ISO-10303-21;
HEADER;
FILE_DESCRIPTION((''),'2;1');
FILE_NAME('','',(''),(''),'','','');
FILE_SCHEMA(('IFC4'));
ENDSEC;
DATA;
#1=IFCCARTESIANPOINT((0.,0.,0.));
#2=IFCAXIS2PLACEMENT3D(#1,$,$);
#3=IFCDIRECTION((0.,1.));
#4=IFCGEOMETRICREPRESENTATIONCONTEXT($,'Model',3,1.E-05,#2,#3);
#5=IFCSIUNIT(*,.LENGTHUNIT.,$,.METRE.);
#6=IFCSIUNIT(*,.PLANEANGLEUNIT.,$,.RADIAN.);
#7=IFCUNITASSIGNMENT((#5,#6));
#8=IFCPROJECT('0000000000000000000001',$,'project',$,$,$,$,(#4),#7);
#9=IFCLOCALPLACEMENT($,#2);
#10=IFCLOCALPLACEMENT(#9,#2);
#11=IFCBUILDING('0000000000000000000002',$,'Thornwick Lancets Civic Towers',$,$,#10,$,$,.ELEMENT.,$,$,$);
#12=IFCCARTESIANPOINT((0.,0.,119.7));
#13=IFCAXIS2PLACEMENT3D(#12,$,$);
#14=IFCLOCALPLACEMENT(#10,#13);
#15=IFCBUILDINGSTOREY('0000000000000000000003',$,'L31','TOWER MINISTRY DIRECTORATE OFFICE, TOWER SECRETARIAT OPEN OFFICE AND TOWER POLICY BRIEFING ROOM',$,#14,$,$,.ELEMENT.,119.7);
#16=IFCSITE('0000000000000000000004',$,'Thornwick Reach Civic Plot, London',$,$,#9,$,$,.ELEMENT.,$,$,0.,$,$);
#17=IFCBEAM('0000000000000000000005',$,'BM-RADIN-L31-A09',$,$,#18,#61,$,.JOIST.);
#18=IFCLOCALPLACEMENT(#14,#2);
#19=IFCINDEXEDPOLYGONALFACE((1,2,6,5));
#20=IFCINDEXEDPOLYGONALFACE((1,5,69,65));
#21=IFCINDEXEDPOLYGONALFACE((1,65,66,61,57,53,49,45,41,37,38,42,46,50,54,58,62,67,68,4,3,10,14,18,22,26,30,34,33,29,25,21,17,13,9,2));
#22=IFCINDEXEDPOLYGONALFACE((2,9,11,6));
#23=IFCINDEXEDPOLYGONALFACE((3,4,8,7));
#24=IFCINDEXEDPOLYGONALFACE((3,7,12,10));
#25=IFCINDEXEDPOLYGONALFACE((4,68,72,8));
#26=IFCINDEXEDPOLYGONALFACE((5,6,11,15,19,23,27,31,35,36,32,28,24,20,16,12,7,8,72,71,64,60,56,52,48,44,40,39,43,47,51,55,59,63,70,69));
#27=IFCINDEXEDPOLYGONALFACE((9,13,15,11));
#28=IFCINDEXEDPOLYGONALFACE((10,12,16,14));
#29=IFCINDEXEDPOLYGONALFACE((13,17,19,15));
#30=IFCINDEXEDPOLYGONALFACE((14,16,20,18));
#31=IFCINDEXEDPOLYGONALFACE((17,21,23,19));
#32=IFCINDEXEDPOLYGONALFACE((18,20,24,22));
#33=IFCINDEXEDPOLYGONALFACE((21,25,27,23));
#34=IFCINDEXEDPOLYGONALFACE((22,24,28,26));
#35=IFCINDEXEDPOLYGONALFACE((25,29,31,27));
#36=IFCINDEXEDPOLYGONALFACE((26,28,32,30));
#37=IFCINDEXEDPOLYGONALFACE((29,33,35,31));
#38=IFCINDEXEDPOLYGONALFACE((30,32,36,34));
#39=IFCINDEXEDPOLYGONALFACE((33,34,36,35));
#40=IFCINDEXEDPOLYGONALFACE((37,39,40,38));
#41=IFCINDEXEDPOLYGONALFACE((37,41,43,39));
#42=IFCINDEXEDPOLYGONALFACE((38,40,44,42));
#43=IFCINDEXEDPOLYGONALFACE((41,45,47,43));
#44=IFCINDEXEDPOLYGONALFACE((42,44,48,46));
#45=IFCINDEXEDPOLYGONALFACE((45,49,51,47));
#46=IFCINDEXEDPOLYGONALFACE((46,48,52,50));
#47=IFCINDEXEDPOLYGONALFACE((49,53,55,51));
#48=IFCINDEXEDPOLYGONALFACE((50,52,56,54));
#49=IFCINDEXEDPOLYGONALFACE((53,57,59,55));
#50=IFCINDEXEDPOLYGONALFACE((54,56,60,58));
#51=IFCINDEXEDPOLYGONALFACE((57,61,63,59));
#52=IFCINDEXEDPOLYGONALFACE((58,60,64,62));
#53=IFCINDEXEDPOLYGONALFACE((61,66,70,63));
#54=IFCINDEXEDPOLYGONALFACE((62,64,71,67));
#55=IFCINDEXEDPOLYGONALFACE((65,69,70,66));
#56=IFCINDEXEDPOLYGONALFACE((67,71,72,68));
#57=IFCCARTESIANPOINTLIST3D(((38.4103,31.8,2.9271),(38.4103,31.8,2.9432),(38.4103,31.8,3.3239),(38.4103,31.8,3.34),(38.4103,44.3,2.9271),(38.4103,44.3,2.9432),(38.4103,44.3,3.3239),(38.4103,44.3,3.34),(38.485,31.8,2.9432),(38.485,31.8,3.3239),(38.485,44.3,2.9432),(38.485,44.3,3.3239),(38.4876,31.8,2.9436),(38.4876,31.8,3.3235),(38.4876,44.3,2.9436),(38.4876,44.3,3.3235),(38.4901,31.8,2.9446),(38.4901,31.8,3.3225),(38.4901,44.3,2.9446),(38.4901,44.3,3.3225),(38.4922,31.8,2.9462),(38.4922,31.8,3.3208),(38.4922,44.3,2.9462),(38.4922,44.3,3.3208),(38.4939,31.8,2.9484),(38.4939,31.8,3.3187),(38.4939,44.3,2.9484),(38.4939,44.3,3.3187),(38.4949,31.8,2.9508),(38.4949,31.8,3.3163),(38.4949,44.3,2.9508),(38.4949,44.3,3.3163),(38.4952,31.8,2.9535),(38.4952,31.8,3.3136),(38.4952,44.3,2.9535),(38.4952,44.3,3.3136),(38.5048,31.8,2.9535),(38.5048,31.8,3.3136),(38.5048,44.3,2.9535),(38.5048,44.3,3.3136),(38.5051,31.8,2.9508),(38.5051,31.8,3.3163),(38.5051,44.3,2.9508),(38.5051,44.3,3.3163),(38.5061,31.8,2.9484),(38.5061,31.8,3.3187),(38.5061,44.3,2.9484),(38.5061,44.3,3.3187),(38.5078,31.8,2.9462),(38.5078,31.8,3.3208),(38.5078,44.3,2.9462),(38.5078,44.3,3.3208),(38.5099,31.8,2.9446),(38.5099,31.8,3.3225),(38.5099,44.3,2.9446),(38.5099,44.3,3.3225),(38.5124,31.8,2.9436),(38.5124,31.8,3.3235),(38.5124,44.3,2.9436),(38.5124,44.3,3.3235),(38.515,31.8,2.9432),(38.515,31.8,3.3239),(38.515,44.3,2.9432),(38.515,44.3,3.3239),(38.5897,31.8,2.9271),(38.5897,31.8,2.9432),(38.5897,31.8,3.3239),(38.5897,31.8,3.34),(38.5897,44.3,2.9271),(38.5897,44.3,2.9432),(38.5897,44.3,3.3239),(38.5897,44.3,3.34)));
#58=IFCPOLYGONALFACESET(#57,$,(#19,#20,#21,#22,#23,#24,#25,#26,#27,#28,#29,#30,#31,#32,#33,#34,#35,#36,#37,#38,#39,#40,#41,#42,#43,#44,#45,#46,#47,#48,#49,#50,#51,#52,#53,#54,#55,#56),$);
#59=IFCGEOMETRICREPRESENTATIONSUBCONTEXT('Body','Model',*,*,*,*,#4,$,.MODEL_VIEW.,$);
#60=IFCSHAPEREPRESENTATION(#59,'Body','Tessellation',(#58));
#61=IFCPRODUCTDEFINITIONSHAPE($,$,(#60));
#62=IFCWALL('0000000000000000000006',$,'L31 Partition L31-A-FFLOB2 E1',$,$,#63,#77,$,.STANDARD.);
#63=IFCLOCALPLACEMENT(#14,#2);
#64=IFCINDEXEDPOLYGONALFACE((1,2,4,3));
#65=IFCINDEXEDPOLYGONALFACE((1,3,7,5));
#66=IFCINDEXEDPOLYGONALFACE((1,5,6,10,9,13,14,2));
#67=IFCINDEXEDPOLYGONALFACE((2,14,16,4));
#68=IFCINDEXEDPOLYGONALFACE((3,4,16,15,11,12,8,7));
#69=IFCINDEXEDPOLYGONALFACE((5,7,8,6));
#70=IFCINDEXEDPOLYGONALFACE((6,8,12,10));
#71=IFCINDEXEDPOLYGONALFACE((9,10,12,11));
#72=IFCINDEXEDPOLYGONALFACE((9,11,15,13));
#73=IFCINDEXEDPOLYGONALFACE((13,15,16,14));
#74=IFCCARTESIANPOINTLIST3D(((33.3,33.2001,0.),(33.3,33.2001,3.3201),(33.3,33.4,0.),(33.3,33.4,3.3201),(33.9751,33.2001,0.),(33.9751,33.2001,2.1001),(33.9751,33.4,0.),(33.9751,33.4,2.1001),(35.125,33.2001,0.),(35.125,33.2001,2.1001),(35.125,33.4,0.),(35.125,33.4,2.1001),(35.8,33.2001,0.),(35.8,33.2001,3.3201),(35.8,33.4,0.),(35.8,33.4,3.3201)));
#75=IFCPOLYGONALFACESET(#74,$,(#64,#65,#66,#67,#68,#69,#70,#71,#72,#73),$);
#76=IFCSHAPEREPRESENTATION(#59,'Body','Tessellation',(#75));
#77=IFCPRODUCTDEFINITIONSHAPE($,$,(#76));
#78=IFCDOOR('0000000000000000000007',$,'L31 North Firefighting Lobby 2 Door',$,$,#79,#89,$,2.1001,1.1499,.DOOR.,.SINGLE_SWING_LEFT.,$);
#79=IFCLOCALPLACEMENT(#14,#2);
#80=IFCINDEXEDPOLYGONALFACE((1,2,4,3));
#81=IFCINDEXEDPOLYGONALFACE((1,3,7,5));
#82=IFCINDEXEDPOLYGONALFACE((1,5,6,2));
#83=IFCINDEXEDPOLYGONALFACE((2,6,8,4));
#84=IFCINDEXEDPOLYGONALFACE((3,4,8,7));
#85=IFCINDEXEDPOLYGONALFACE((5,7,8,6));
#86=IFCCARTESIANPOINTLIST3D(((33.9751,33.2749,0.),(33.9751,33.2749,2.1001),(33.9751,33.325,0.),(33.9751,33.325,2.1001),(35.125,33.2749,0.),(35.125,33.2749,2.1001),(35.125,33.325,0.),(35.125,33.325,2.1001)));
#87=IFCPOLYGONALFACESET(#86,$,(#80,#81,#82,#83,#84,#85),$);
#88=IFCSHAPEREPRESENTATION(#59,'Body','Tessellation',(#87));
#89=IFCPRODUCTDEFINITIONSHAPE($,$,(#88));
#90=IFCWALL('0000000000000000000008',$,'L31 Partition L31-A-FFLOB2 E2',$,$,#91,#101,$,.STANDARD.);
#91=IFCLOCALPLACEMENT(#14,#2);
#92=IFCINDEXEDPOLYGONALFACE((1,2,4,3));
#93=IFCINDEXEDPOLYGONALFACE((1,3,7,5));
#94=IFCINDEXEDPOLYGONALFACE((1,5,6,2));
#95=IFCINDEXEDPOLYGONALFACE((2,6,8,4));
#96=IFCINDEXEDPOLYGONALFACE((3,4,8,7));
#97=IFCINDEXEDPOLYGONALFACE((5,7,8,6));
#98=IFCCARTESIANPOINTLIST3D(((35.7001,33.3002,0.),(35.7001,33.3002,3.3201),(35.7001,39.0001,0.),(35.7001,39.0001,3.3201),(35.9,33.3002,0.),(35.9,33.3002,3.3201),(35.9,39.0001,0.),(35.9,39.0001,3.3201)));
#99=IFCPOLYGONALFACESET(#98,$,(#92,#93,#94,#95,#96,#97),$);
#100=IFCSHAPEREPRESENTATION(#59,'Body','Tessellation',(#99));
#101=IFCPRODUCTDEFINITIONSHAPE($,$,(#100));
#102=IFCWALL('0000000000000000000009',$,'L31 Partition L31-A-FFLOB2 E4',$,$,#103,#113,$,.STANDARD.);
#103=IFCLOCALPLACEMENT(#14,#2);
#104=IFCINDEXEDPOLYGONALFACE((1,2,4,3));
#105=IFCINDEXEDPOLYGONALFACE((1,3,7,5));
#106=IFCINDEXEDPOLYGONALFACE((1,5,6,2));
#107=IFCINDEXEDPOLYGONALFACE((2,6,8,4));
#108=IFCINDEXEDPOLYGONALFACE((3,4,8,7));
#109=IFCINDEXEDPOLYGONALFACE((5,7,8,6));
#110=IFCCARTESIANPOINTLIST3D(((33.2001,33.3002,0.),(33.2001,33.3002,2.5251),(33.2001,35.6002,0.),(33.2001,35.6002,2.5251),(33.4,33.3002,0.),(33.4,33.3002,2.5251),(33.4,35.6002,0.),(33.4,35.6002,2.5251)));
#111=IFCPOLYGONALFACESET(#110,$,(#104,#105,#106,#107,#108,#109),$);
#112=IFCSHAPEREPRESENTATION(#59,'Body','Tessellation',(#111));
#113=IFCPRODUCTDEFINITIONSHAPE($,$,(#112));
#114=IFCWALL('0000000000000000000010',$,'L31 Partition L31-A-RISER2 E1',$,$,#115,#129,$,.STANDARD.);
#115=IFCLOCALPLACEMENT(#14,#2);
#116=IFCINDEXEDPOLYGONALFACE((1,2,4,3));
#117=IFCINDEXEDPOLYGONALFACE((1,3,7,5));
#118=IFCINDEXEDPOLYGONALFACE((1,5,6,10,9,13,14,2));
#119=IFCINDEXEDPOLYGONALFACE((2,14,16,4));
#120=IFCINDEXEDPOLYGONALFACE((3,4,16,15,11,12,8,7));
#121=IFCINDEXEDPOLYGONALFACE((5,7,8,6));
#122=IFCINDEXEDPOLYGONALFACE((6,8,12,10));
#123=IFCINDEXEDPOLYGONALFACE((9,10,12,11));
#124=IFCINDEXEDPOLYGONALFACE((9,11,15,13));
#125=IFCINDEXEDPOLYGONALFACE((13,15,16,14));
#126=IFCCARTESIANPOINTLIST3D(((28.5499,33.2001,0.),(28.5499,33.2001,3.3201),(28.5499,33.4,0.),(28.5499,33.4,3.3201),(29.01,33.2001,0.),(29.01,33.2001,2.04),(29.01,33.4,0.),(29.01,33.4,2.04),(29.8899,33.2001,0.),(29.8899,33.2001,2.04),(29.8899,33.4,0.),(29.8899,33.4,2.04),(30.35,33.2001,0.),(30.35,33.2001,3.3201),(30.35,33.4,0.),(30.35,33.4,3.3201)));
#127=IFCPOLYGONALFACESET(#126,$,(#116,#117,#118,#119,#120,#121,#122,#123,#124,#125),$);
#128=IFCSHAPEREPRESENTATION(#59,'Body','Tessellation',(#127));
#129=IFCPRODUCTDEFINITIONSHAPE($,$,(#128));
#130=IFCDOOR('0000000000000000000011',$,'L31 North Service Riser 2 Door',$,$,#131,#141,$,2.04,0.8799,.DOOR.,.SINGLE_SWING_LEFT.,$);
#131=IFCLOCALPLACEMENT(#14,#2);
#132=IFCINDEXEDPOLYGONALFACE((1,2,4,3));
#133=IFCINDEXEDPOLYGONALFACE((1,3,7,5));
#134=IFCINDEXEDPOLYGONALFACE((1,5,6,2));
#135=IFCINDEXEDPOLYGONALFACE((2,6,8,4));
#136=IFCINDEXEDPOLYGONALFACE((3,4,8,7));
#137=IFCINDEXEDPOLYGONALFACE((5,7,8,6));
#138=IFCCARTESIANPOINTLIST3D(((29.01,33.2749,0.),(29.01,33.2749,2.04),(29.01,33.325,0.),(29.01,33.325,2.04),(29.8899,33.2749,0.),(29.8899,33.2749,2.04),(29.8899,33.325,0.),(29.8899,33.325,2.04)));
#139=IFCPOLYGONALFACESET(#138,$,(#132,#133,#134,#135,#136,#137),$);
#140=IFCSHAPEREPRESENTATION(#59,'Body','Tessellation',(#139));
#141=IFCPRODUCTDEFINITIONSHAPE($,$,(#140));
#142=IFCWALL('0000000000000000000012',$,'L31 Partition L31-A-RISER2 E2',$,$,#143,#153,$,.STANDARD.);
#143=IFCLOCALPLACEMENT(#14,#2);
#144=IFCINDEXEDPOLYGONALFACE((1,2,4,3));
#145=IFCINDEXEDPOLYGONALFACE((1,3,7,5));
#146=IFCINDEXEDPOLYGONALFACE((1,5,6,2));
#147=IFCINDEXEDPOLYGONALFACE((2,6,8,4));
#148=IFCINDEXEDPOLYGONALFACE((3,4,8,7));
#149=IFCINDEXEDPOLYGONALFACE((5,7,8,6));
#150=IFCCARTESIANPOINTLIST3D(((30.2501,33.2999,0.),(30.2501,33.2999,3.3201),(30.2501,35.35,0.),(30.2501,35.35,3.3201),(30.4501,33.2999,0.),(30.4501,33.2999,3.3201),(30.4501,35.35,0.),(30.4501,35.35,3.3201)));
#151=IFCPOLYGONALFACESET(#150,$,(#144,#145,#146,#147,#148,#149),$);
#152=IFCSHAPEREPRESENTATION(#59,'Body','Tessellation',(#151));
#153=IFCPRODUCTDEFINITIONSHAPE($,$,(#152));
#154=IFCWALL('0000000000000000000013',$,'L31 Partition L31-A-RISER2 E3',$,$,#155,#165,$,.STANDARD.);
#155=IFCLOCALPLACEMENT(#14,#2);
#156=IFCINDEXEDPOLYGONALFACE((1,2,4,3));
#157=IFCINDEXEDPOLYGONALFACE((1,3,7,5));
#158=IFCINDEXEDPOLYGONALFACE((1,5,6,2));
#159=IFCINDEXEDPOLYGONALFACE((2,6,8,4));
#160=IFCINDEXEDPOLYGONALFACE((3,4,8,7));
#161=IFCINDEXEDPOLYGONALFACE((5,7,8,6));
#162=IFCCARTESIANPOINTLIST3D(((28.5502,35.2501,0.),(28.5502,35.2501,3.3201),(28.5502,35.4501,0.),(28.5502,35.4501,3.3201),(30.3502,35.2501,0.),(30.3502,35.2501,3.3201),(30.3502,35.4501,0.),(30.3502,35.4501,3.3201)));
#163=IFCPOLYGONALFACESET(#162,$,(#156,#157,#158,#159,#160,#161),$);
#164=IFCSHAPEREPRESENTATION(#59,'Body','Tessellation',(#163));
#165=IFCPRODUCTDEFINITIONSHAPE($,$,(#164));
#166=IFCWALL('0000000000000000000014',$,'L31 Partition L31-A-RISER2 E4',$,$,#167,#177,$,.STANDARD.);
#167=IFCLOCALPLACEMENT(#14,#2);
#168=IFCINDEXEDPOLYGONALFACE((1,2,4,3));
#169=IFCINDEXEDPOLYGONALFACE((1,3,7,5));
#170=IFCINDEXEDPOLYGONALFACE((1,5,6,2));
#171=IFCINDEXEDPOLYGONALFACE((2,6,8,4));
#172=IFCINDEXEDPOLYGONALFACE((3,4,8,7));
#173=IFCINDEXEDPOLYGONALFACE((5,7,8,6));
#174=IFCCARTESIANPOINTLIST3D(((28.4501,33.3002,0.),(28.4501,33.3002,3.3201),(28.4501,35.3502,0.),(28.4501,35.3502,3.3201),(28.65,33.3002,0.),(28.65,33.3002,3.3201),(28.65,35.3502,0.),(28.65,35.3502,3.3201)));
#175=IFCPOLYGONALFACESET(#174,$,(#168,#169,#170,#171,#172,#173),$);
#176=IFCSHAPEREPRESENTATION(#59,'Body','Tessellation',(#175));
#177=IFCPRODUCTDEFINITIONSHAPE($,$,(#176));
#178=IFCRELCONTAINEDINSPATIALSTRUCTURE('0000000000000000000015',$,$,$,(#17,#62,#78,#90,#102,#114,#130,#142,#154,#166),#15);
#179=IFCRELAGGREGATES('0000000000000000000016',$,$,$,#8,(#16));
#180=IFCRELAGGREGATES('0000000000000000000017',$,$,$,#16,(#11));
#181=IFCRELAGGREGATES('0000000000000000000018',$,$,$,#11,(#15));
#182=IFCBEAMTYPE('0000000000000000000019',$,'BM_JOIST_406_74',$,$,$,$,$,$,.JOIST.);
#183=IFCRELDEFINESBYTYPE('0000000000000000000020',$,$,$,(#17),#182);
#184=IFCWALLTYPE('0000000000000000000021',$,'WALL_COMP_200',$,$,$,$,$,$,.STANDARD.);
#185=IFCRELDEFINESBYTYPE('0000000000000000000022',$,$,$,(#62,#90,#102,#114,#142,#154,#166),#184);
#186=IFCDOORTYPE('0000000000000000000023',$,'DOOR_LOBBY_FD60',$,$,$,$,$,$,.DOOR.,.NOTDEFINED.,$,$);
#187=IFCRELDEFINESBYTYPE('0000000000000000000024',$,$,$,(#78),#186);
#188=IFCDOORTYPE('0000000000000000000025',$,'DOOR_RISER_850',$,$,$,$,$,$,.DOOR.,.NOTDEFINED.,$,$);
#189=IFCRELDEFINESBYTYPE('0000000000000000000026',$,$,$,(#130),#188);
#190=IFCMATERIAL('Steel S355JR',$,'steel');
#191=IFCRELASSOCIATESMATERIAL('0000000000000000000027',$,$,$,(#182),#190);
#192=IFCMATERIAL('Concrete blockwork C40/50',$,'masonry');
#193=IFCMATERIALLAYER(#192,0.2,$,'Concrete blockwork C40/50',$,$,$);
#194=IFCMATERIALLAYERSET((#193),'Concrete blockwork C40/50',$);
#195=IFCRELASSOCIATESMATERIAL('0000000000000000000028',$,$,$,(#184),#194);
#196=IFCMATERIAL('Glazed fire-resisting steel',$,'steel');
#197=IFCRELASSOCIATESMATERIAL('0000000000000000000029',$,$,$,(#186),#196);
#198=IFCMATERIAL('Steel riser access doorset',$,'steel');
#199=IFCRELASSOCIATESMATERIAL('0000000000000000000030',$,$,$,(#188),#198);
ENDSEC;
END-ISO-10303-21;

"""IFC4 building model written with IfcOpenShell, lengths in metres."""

from ifc_helpers import new_model, si_unit, direction, frame, frame_2d, origin, origin_2d, place, context, subcontext, project, spatial, rectangle, i_section, extrude, material, layer, layer_set, material_profile, profile_set, type_object, element, fill, save


model = new_model("IFC4")

# Units and contexts
model_context = context("Model", 3, precision=1e-05, world=origin(), true_north=direction((0.0, 1.0)))
body_context = subcontext(model_context, "Body", "Model", "MODEL_VIEW")
ifc_project = project(units=[si_unit("LENGTHUNIT", "METRE"), si_unit("PLANEANGLEUNIT", "RADIAN")], contexts=[model_context])

# Site, building, storey
site_placement = place(None, origin())
site = spatial("IfcSite", under=ifc_project, at=site_placement, Name="Thornwick Reach Civic Plot, London", CompositionType="ELEMENT", RefElevation=0.0)
building_placement = place(site_placement, origin())
building = spatial("IfcBuilding", under=site, at=building_placement, Name="Thornwick Lancets Civic Towers", CompositionType="ELEMENT")
storey_placement = place(building_placement, frame((0.0, 0.0, 119.7)))
storey = spatial("IfcBuildingStorey", under=building, at=storey_placement, Name="L31", Description="TOWER MINISTRY DIRECTORATE OFFICE, TOWER SECRETARIAT OPEN OFFICE AND TOWER POLICY BRIEFING ROOM", CompositionType="ELEMENT", Elevation=119.7)

# Beam
ifc_material_1 = material(Name="Steel S355JR", Category="steel")
ifc_material_profile_1 = material_profile(ifc_material_1, i_section(OverallWidth=0.1794, OverallDepth=0.4128, WebThickness=0.0095, FlangeThickness=0.0161, FilletRadius=0.0103, at=origin_2d()), Name="UKB 406x178x74")
ifc_profile_set_1 = profile_set([ifc_material_profile_1], Name="Steel S355JR")
beam_type_1 = type_object("IfcBeamType", Name="BM_JOIST_406_74", PredefinedType="JOIST", material=ifc_profile_set_1)
beam_1_placement = place(storey_placement, frame((38.5, 31.8, 3.1335), z_axis=(0.0, 1.0, 0.0), x_axis=(-1.0, 0.0, 0.0)))
element("IfcBeam", 1, at=beam_1_placement, inside=storey, type_object=beam_type_1, Name="BM-RADIN-L31-A09", PredefinedType="JOIST", context=body_context, shape_type="SweptSolid", body=[
    extrude(i_section(OverallWidth=0.1794, OverallDepth=0.4128, WebThickness=0.0095, FlangeThickness=0.0161, FilletRadius=0.0103, at=origin_2d()), origin(), (0.0, 0.0, 1.0), 12.5),
])

# Wall, opening, door
ifc_material_2 = material(Name="Concrete blockwork C40/50", Category="masonry")
ifc_layer_1 = layer(ifc_material_2, 0.2, Name="Concrete blockwork C40/50")
ifc_layer_set_1 = layer_set([ifc_layer_1], Name="Concrete blockwork C40/50")
wall_type_1 = type_object("IfcWallType", Name="WALL_COMP_200", PredefinedType="STANDARD", material=ifc_layer_set_1)
wall_1_placement = place(storey_placement, frame((33.3, 33.3, 0.0), z_axis=(0.0, 0.0, 1.0), x_axis=(1.0, 0.0, 0.0)))
wall_1 = element("IfcWall", 2, at=wall_1_placement, inside=storey, type_object=wall_type_1, Name="L31 Partition L31-A-FFLOB2 E1", PredefinedType="STANDARD", context=body_context, shape_type="SweptSolid", body=[
    extrude(rectangle(XDim=2.5, YDim=0.2, at=frame_2d((1.25, 0.0))), origin(), (0.0, 0.0, 1.0), 3.3201),
])
opening_1_placement = place(wall_1_placement, frame((0.675, 0.0, 0.0)))
opening_1 = element("IfcOpeningElement", 3, at=opening_1_placement, cuts=wall_1, PredefinedType="OPENING", context=body_context, shape_type="SweptSolid", body=[
    extrude(rectangle(XDim=1.1499, YDim=2.1001, at=frame_2d((0.575, 1.05))), frame((0.0, 0.1099, 0.0), z_axis=(0.0, -1.0, 0.0), x_axis=(1.0, 0.0, 0.0)), (0.0, 0.0, 1.0), 0.22),
])
ifc_material_3 = material(Name="Glazed fire-resisting steel", Category="steel")
door_type_1 = type_object("IfcDoorType", Name="DOOR_LOBBY_FD60", OperationType="NOTDEFINED", PredefinedType="DOOR", material=ifc_material_3)
door_1_placement = place(opening_1_placement, origin())
door_1 = element("IfcDoor", 4, at=door_1_placement, inside=storey, type_object=door_type_1, Name="L31 North Firefighting Lobby 2 Door", OperationType="SINGLE_SWING_LEFT", OverallHeight=2.1001, OverallWidth=1.1499, PredefinedType="DOOR", context=body_context, shape_type="SweptSolid", body=[
    extrude(rectangle(XDim=1.1499, YDim=2.1001, at=frame_2d((0.575, 1.05))), frame((0.0, 0.0249, 0.0), z_axis=(0.0, -1.0, 0.0), x_axis=(1.0, 0.0, 0.0)), (0.0, 0.0, 1.0), 0.05),
])
fill(opening_1, door_1)

# Walls
wall_2_placement = place(storey_placement, frame((35.8, 33.3, 0.0), z_axis=(0.0, 0.0, 1.0), x_axis=(0.0, 1.0, 0.0)))
element("IfcWall", 5, at=wall_2_placement, inside=storey, type_object=wall_type_1, Name="L31 Partition L31-A-FFLOB2 E2", PredefinedType="STANDARD", context=body_context, shape_type="SweptSolid", body=[
    extrude(rectangle(XDim=5.7, YDim=0.2, at=frame_2d((2.8501, 0.0))), origin(), (0.0, 0.0, 1.0), 3.3201),
])
wall_3_placement = place(storey_placement, frame((33.3, 35.6001, 0.0), z_axis=(0.0, 0.0, 1.0), x_axis=(0.0, -1.0, 0.0)))
element("IfcWall", 6, at=wall_3_placement, inside=storey, type_object=wall_type_1, Name="L31 Partition L31-A-FFLOB2 E4", PredefinedType="STANDARD", context=body_context, shape_type="SweptSolid", body=[
    extrude(rectangle(XDim=2.3, YDim=0.2, at=frame_2d((1.1499, 0.0))), origin(), (0.0, 0.0, 1.0), 2.5251),
])

# Wall, opening, door
wall_4_placement = place(storey_placement, frame((28.55, 33.3, 0.0), z_axis=(0.0, 0.0, 1.0), x_axis=(1.0, 0.0, 0.0)))
wall_4 = element("IfcWall", 7, at=wall_4_placement, inside=storey, type_object=wall_type_1, Name="L31 Partition L31-A-RISER2 E1", PredefinedType="STANDARD", context=body_context, shape_type="SweptSolid", body=[
    extrude(rectangle(XDim=1.8, YDim=0.2, at=frame_2d((0.8999, 0.0))), origin(), (0.0, 0.0, 1.0), 3.3201),
])
opening_2_placement = place(wall_4_placement, frame((0.46, 0.0, 0.0)))
opening_2 = element("IfcOpeningElement", 8, at=opening_2_placement, cuts=wall_4, PredefinedType="OPENING", context=body_context, shape_type="SweptSolid", body=[
    extrude(rectangle(XDim=0.8799, YDim=2.04, at=frame_2d((0.4399, 1.02))), frame((0.0, 0.1099, 0.0), z_axis=(0.0, -1.0, 0.0), x_axis=(1.0, 0.0, 0.0)), (0.0, 0.0, 1.0), 0.22),
])
ifc_material_4 = material(Name="Steel riser access doorset", Category="steel")
door_type_2 = type_object("IfcDoorType", Name="DOOR_RISER_850", OperationType="NOTDEFINED", PredefinedType="DOOR", material=ifc_material_4)
door_2_placement = place(opening_2_placement, origin())
door_2 = element("IfcDoor", 9, at=door_2_placement, inside=storey, type_object=door_type_2, Name="L31 North Service Riser 2 Door", OperationType="SINGLE_SWING_LEFT", OverallHeight=2.04, OverallWidth=0.8799, PredefinedType="DOOR", context=body_context, shape_type="SweptSolid", body=[
    extrude(rectangle(XDim=0.8799, YDim=2.04, at=frame_2d((0.4399, 1.02))), frame((0.0, 0.0249, 0.0), z_axis=(0.0, -1.0, 0.0), x_axis=(1.0, 0.0, 0.0)), (0.0, 0.0, 1.0), 0.05),
])
fill(opening_2, door_2)

# Walls
wall_5_placement = place(storey_placement, frame((30.3501, 33.3, 0.0), z_axis=(0.0, 0.0, 1.0), x_axis=(0.0, 1.0, 0.0)))
element("IfcWall", 10, at=wall_5_placement, inside=storey, type_object=wall_type_1, Name="L31 Partition L31-A-RISER2 E2", PredefinedType="STANDARD", context=body_context, shape_type="SweptSolid", body=[
    extrude(rectangle(XDim=2.05, YDim=0.2, at=frame_2d((1.0249, 0.0))), origin(), (0.0, 0.0, 1.0), 3.3201),
])
wall_6_placement = place(storey_placement, frame((30.3501, 35.3501, 0.0), z_axis=(0.0, 0.0, 1.0), x_axis=(-1.0, 0.0, 0.0)))
element("IfcWall", 11, at=wall_6_placement, inside=storey, type_object=wall_type_1, Name="L31 Partition L31-A-RISER2 E3", PredefinedType="STANDARD", context=body_context, shape_type="SweptSolid", body=[
    extrude(rectangle(XDim=1.8, YDim=0.2, at=frame_2d((0.8999, 0.0))), origin(), (0.0, 0.0, 1.0), 3.3201),
])
wall_7_placement = place(storey_placement, frame((28.55, 35.3501, 0.0), z_axis=(0.0, 0.0, 1.0), x_axis=(0.0, -1.0, 0.0)))
element("IfcWall", 12, at=wall_7_placement, inside=storey, type_object=wall_type_1, Name="L31 Partition L31-A-RISER2 E4", PredefinedType="STANDARD", context=body_context, shape_type="SweptSolid", body=[
    extrude(rectangle(XDim=2.05, YDim=0.2, at=frame_2d((1.0249, 0.0))), origin(), (0.0, 0.0, 1.0), 3.3201),
])

save(model, "model.ifc")
